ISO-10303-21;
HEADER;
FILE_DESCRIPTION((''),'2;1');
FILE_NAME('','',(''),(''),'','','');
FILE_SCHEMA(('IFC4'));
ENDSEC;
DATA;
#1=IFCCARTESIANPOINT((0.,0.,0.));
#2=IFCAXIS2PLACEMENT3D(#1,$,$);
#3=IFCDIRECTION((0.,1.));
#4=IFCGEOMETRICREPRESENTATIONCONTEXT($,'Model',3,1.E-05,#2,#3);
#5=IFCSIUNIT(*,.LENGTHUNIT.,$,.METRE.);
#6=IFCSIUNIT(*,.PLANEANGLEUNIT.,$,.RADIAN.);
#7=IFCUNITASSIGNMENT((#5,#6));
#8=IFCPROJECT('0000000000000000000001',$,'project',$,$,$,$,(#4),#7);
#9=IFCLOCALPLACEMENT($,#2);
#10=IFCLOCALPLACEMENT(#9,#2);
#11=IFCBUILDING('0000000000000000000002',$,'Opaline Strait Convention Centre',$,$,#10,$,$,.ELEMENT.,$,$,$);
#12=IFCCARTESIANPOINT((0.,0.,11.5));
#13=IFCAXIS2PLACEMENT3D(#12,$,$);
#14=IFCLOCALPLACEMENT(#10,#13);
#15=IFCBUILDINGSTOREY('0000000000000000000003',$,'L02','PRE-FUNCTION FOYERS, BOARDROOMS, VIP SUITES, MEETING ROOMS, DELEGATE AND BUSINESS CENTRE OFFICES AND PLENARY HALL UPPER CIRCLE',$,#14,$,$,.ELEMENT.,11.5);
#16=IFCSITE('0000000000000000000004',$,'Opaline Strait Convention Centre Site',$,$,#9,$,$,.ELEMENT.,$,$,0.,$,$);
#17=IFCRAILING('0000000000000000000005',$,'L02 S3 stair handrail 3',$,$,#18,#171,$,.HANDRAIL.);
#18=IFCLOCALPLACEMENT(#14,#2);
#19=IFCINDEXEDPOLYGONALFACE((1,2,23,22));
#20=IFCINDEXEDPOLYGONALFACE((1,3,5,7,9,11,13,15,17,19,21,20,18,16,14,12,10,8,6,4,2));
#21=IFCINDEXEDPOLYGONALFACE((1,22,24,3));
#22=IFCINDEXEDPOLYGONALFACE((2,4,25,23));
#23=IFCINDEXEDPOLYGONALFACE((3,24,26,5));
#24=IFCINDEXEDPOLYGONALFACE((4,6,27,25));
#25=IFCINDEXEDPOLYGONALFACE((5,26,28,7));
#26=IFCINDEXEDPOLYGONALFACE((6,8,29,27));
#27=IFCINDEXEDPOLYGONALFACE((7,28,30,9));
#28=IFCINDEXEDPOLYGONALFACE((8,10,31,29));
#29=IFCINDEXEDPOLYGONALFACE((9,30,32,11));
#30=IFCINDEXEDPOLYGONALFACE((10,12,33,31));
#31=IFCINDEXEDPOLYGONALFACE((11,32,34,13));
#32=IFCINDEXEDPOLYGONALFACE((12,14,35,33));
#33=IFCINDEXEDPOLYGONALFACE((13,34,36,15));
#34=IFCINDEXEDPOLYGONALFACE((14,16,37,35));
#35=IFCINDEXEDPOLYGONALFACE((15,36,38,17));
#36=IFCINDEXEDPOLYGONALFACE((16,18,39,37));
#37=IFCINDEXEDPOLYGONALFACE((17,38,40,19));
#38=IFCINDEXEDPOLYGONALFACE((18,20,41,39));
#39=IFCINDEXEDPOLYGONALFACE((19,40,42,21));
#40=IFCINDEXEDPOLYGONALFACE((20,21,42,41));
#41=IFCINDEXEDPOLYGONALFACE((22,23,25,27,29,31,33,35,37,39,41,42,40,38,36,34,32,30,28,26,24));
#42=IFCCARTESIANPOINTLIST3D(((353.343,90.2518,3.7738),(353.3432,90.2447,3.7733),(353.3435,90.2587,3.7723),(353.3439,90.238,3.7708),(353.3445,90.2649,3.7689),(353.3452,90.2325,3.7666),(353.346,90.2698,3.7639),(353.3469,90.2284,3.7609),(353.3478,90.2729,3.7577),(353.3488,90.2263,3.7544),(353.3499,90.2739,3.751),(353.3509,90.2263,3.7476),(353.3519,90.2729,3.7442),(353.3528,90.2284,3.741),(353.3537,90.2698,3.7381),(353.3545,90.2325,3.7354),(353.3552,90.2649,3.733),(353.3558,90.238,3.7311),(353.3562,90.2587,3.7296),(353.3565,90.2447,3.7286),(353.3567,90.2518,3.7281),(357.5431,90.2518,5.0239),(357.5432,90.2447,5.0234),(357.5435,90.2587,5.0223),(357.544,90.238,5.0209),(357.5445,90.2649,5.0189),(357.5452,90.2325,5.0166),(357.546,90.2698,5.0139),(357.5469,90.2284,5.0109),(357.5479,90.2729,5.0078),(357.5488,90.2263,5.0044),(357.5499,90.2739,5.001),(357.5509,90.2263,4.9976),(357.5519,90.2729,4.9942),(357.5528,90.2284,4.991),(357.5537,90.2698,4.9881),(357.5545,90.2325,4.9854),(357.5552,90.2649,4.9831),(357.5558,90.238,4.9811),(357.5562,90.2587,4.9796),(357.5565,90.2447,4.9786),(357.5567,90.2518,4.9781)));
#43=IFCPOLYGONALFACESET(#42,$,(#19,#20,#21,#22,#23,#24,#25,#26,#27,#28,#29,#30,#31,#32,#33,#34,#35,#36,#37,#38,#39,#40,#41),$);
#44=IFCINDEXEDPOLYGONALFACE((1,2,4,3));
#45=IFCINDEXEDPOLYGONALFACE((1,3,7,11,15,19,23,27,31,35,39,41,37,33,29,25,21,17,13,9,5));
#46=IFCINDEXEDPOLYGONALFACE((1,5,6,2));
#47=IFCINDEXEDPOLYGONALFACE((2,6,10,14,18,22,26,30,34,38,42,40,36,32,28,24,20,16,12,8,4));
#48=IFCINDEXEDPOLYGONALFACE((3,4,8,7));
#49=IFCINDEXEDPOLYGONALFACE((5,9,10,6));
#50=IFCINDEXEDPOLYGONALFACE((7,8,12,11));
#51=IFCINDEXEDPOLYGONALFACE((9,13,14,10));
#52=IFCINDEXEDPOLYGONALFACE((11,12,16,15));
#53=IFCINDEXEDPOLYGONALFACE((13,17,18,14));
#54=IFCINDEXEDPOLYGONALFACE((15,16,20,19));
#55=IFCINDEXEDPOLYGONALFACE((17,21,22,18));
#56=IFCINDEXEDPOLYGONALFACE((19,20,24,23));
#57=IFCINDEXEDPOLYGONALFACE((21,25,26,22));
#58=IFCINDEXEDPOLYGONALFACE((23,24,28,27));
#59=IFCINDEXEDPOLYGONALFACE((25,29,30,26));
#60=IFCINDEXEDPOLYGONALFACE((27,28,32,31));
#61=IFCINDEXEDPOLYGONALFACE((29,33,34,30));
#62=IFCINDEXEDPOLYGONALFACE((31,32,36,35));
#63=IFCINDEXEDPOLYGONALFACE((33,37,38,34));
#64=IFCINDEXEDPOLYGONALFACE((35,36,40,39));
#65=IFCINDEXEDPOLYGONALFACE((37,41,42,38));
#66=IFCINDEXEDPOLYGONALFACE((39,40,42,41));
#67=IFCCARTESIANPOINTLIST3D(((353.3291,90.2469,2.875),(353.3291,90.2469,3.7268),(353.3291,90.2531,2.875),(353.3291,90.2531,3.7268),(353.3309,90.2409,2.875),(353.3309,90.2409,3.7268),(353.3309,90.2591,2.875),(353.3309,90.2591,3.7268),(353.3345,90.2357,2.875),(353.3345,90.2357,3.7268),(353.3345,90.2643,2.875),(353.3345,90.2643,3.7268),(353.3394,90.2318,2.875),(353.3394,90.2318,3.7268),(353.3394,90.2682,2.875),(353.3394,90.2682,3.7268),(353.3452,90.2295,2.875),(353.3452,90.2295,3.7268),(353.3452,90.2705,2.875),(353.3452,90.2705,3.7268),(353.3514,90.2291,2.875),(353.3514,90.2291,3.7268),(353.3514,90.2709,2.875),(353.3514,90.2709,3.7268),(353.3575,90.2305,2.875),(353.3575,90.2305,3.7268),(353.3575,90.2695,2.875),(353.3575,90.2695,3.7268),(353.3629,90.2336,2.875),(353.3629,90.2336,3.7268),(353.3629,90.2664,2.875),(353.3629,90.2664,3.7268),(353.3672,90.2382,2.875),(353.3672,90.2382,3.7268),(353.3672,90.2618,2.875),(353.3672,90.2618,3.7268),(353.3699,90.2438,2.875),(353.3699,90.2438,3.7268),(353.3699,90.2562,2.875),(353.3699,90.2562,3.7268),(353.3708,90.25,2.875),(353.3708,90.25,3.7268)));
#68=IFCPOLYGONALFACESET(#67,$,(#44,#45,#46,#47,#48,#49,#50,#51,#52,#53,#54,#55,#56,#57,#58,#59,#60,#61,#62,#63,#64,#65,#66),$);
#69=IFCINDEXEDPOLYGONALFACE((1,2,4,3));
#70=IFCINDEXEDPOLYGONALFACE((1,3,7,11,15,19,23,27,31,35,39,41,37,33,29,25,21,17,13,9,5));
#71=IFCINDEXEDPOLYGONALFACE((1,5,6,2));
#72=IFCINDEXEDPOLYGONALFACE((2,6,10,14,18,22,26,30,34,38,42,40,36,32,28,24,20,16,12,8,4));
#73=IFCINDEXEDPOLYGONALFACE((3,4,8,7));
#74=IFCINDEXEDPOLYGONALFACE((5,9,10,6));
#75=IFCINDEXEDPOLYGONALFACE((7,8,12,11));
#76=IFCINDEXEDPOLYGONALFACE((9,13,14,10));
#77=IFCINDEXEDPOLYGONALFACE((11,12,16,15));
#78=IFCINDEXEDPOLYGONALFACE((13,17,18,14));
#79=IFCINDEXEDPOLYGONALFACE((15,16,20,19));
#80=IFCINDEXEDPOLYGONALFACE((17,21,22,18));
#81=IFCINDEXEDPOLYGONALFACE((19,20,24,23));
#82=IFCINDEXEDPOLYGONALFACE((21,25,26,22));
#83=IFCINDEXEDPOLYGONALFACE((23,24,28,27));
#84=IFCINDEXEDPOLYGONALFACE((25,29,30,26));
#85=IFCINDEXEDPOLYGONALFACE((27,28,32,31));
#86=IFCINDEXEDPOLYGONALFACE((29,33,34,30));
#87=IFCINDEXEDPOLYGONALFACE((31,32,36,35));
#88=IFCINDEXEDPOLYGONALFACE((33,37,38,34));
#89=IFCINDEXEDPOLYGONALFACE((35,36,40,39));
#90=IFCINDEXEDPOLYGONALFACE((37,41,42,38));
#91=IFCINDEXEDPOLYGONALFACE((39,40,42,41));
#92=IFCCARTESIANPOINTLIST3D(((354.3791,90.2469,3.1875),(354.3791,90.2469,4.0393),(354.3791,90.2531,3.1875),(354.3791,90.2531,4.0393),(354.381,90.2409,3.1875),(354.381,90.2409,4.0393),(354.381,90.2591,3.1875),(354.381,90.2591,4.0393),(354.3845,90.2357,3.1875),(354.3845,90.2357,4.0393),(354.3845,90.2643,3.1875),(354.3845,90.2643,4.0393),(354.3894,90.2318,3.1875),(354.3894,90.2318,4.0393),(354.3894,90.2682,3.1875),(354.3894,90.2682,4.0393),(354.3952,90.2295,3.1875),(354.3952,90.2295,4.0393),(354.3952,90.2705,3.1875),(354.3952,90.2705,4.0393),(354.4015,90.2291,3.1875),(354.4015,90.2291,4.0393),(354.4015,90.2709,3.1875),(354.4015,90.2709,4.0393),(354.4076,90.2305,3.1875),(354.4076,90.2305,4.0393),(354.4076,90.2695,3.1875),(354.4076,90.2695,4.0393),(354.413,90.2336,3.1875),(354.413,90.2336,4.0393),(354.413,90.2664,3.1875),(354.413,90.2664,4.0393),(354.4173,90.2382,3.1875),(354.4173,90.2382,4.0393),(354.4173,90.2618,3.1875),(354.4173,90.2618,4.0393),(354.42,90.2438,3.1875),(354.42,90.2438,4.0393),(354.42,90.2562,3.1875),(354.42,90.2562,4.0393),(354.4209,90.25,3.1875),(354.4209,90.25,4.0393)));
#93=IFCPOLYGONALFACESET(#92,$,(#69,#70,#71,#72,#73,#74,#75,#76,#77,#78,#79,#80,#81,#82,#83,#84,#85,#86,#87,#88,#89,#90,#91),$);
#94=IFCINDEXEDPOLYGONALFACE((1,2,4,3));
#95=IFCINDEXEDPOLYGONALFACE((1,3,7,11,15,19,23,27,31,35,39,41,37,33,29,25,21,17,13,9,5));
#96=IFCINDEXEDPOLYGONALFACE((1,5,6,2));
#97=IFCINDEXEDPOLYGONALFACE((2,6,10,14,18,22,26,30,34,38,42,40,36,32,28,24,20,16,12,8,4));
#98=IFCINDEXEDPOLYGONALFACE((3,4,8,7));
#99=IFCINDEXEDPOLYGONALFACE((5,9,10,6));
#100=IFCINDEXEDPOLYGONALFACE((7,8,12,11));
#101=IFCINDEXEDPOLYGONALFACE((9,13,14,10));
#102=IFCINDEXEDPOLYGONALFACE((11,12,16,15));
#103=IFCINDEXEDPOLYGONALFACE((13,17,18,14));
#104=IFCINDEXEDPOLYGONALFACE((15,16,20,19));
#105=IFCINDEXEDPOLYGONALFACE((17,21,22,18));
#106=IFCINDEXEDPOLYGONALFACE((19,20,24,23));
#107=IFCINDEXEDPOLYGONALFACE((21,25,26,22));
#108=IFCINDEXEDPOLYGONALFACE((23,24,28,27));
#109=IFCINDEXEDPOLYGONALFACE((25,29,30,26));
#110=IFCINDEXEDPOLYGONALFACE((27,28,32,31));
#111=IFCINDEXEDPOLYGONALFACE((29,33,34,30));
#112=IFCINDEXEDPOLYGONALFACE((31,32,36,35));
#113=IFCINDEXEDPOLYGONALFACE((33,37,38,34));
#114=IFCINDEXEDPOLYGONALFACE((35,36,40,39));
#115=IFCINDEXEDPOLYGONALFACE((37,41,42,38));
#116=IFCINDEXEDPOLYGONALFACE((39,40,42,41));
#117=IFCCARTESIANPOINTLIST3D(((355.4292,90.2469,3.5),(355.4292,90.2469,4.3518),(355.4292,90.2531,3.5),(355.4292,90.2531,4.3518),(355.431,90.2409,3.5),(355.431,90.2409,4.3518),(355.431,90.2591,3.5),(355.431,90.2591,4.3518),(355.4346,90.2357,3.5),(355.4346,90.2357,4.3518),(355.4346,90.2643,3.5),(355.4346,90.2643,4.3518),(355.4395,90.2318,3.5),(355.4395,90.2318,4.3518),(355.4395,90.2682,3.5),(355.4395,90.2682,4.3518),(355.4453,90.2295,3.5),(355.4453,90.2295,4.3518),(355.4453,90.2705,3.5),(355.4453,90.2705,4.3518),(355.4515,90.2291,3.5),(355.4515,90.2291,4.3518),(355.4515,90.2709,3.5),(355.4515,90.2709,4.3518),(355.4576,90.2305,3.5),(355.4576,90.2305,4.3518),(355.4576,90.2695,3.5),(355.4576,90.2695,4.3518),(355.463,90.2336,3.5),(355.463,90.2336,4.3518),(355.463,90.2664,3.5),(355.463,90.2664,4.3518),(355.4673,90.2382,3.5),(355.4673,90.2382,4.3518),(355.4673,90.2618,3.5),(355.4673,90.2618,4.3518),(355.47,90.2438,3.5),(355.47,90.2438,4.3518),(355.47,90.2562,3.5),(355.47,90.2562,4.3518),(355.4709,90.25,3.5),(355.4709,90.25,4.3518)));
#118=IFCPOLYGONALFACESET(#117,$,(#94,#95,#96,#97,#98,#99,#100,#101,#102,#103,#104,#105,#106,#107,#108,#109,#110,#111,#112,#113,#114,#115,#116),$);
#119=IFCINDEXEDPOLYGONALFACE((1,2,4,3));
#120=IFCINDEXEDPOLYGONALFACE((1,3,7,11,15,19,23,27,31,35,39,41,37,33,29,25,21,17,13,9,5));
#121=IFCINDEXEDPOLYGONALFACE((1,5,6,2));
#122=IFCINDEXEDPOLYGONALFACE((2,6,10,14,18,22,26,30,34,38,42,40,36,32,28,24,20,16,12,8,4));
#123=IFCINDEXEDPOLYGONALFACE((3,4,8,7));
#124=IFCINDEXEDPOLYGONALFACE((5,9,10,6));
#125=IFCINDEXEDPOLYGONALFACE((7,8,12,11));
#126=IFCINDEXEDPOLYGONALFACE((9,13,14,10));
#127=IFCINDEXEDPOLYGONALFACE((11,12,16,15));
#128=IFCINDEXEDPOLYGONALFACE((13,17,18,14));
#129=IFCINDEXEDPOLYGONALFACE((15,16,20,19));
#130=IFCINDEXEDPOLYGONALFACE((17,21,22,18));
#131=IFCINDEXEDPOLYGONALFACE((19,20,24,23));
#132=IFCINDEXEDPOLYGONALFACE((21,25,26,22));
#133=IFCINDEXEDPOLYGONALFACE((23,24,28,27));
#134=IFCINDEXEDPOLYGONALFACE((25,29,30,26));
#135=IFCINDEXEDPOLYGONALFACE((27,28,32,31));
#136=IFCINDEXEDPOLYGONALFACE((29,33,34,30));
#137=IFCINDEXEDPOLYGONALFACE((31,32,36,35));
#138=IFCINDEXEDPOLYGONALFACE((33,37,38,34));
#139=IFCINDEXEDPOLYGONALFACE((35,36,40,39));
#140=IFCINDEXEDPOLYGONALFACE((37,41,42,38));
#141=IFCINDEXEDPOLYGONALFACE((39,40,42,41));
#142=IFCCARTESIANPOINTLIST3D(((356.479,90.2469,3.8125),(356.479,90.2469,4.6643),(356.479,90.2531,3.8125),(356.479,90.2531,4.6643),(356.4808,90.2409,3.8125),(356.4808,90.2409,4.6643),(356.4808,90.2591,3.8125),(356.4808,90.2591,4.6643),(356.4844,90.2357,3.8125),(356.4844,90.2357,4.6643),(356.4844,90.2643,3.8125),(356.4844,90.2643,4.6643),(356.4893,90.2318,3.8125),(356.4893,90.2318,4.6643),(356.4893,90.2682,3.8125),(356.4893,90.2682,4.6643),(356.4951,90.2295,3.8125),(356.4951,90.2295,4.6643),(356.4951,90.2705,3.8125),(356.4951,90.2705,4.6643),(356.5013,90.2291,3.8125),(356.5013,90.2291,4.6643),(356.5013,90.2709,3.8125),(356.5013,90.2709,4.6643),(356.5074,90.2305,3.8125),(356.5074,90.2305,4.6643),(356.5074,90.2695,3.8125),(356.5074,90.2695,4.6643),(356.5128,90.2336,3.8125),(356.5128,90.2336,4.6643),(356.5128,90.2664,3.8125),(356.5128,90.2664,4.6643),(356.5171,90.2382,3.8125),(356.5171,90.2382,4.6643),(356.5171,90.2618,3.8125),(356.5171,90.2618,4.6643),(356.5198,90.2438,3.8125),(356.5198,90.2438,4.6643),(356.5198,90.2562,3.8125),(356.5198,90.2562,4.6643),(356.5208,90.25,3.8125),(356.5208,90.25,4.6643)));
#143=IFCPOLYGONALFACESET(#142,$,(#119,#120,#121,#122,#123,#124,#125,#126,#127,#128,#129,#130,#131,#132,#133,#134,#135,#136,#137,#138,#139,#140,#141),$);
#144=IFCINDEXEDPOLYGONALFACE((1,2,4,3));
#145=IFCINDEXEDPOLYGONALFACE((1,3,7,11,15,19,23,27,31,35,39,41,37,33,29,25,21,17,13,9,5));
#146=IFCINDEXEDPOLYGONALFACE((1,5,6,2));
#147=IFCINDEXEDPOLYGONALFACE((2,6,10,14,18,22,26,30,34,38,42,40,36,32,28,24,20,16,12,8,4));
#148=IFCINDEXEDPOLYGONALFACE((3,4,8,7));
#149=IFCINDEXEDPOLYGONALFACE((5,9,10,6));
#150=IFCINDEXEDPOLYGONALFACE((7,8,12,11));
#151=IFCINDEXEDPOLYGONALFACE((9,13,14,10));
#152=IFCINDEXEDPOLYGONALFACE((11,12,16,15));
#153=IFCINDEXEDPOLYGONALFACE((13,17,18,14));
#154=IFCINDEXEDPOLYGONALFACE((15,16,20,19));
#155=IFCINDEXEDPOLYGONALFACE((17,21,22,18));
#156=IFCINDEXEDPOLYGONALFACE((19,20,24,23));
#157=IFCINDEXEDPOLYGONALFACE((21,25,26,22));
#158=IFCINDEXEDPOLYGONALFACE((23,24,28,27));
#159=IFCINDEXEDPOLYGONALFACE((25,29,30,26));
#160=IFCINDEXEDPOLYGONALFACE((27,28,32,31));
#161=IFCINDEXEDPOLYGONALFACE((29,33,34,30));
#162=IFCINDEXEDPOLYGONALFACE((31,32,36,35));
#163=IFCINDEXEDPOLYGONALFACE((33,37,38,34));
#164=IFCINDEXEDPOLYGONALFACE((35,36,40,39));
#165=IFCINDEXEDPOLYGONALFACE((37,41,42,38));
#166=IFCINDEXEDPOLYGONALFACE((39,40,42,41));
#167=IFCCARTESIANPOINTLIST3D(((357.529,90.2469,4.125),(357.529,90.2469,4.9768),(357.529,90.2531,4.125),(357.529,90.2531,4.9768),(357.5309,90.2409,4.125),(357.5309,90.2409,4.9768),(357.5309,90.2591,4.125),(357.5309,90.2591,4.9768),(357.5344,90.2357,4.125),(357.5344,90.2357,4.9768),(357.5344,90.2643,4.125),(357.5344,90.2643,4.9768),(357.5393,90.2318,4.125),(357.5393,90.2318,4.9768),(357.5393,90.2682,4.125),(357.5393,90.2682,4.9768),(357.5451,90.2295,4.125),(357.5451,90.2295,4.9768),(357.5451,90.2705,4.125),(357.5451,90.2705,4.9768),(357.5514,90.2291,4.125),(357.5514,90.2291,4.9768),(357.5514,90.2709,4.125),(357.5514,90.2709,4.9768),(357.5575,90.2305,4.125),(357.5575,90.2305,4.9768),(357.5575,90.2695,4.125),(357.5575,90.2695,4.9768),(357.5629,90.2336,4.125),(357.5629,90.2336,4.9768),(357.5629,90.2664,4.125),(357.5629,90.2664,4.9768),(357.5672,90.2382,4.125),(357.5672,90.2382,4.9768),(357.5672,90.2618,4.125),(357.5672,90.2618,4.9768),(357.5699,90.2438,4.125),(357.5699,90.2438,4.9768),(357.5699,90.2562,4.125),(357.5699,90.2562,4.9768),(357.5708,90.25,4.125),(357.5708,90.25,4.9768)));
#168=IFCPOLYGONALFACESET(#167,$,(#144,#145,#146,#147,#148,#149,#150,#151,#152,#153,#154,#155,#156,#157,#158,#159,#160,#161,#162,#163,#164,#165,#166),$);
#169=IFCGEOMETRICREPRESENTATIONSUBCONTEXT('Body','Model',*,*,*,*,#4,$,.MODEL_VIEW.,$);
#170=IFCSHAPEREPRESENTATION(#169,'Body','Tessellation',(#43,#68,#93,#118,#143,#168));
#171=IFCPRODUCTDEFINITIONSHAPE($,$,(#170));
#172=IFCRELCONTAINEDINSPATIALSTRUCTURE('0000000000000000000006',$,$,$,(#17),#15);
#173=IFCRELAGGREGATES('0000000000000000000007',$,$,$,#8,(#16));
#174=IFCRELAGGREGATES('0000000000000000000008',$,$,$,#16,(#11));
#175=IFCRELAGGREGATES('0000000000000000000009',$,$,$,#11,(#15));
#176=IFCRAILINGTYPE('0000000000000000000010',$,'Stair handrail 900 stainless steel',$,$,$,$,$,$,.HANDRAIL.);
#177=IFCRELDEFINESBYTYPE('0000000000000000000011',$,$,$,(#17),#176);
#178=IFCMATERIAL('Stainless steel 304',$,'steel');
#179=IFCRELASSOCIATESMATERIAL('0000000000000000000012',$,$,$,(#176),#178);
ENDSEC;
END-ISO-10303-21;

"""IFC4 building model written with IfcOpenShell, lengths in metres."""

from ifc_helpers import new_model, si_unit, direction, frame, origin, origin_2d, place, context, subcontext, project, spatial, circle, extrude, material, type_object, element, save


model = new_model("IFC4")

# Units and contexts
model_context = context("Model", 3, precision=1e-05, world=origin(), true_north=direction((0.0, 1.0)))
body_context = subcontext(model_context, "Body", "Model", "MODEL_VIEW")
ifc_project = project(units=[si_unit("LENGTHUNIT", "METRE"), si_unit("PLANEANGLEUNIT", "RADIAN")], contexts=[model_context])

# Site, building, storey
site_placement = place(None, origin())
site = spatial("IfcSite", under=ifc_project, at=site_placement, Name="Opaline Strait Convention Centre Site", CompositionType="ELEMENT", RefElevation=0.0)
building_placement = place(site_placement, origin())
building = spatial("IfcBuilding", under=site, at=building_placement, Name="Opaline Strait Convention Centre", CompositionType="ELEMENT")
storey_placement = place(building_placement, frame((0.0, 0.0, 11.5)))
storey = spatial("IfcBuildingStorey", under=building, at=storey_placement, Name="L02", Description="PRE-FUNCTION FOYERS, BOARDROOMS, VIP SUITES, MEETING ROOMS, DELEGATE AND BUSINESS CENTRE OFFICES AND PLENARY HALL UPPER CIRCLE", CompositionType="ELEMENT", Elevation=11.5)

# Shared definitions
ifc_material_1 = material(Name="Stainless steel 304", Category="steel")

# Railing
railing_type_1 = type_object("IfcRailingType", Name="Stair handrail 900 stainless steel", PredefinedType="HANDRAIL", material=ifc_material_1)
for number, where, name in (
    (1, (353.3499, 90.25, 2.875), "L02 S3 stair handrail 3"),
):
    element("IfcRailing", number, at=place(storey_placement, frame(where)), inside=storey, type_object=railing_type_1, Name=name, PredefinedType="HANDRAIL", context=body_context, shape_type="SweptSolid", body=[
        extrude(circle(Radius=0.0239, at=origin_2d()), frame((0.0, 0.0, 0.876), z_axis=(0.958451, 0.0, 0.285257), x_axis=(0.0, 1.0, 0.0)), (0.0, 0.0, 1.0), 4.3821),
        extrude(circle(Radius=0.021, at=origin_2d()), origin(), (0.0, 0.0, 1.0), 0.8518),
        extrude(circle(Radius=0.021, at=origin_2d()), frame((1.05, 0.0, 0.3125)), (0.0, 0.0, 1.0), 0.8518),
        extrude(circle(Radius=0.021, at=origin_2d()), frame((2.1001, 0.0, 0.625)), (0.0, 0.0, 1.0), 0.8518),
        extrude(circle(Radius=0.021, at=origin_2d()), frame((3.1499, 0.0, 0.9375)), (0.0, 0.0, 1.0), 0.8518),
        extrude(circle(Radius=0.021, at=origin_2d()), frame((4.2, 0.0, 1.25)), (0.0, 0.0, 1.0), 0.8518),
    ])

save(model, "model.ifc")
